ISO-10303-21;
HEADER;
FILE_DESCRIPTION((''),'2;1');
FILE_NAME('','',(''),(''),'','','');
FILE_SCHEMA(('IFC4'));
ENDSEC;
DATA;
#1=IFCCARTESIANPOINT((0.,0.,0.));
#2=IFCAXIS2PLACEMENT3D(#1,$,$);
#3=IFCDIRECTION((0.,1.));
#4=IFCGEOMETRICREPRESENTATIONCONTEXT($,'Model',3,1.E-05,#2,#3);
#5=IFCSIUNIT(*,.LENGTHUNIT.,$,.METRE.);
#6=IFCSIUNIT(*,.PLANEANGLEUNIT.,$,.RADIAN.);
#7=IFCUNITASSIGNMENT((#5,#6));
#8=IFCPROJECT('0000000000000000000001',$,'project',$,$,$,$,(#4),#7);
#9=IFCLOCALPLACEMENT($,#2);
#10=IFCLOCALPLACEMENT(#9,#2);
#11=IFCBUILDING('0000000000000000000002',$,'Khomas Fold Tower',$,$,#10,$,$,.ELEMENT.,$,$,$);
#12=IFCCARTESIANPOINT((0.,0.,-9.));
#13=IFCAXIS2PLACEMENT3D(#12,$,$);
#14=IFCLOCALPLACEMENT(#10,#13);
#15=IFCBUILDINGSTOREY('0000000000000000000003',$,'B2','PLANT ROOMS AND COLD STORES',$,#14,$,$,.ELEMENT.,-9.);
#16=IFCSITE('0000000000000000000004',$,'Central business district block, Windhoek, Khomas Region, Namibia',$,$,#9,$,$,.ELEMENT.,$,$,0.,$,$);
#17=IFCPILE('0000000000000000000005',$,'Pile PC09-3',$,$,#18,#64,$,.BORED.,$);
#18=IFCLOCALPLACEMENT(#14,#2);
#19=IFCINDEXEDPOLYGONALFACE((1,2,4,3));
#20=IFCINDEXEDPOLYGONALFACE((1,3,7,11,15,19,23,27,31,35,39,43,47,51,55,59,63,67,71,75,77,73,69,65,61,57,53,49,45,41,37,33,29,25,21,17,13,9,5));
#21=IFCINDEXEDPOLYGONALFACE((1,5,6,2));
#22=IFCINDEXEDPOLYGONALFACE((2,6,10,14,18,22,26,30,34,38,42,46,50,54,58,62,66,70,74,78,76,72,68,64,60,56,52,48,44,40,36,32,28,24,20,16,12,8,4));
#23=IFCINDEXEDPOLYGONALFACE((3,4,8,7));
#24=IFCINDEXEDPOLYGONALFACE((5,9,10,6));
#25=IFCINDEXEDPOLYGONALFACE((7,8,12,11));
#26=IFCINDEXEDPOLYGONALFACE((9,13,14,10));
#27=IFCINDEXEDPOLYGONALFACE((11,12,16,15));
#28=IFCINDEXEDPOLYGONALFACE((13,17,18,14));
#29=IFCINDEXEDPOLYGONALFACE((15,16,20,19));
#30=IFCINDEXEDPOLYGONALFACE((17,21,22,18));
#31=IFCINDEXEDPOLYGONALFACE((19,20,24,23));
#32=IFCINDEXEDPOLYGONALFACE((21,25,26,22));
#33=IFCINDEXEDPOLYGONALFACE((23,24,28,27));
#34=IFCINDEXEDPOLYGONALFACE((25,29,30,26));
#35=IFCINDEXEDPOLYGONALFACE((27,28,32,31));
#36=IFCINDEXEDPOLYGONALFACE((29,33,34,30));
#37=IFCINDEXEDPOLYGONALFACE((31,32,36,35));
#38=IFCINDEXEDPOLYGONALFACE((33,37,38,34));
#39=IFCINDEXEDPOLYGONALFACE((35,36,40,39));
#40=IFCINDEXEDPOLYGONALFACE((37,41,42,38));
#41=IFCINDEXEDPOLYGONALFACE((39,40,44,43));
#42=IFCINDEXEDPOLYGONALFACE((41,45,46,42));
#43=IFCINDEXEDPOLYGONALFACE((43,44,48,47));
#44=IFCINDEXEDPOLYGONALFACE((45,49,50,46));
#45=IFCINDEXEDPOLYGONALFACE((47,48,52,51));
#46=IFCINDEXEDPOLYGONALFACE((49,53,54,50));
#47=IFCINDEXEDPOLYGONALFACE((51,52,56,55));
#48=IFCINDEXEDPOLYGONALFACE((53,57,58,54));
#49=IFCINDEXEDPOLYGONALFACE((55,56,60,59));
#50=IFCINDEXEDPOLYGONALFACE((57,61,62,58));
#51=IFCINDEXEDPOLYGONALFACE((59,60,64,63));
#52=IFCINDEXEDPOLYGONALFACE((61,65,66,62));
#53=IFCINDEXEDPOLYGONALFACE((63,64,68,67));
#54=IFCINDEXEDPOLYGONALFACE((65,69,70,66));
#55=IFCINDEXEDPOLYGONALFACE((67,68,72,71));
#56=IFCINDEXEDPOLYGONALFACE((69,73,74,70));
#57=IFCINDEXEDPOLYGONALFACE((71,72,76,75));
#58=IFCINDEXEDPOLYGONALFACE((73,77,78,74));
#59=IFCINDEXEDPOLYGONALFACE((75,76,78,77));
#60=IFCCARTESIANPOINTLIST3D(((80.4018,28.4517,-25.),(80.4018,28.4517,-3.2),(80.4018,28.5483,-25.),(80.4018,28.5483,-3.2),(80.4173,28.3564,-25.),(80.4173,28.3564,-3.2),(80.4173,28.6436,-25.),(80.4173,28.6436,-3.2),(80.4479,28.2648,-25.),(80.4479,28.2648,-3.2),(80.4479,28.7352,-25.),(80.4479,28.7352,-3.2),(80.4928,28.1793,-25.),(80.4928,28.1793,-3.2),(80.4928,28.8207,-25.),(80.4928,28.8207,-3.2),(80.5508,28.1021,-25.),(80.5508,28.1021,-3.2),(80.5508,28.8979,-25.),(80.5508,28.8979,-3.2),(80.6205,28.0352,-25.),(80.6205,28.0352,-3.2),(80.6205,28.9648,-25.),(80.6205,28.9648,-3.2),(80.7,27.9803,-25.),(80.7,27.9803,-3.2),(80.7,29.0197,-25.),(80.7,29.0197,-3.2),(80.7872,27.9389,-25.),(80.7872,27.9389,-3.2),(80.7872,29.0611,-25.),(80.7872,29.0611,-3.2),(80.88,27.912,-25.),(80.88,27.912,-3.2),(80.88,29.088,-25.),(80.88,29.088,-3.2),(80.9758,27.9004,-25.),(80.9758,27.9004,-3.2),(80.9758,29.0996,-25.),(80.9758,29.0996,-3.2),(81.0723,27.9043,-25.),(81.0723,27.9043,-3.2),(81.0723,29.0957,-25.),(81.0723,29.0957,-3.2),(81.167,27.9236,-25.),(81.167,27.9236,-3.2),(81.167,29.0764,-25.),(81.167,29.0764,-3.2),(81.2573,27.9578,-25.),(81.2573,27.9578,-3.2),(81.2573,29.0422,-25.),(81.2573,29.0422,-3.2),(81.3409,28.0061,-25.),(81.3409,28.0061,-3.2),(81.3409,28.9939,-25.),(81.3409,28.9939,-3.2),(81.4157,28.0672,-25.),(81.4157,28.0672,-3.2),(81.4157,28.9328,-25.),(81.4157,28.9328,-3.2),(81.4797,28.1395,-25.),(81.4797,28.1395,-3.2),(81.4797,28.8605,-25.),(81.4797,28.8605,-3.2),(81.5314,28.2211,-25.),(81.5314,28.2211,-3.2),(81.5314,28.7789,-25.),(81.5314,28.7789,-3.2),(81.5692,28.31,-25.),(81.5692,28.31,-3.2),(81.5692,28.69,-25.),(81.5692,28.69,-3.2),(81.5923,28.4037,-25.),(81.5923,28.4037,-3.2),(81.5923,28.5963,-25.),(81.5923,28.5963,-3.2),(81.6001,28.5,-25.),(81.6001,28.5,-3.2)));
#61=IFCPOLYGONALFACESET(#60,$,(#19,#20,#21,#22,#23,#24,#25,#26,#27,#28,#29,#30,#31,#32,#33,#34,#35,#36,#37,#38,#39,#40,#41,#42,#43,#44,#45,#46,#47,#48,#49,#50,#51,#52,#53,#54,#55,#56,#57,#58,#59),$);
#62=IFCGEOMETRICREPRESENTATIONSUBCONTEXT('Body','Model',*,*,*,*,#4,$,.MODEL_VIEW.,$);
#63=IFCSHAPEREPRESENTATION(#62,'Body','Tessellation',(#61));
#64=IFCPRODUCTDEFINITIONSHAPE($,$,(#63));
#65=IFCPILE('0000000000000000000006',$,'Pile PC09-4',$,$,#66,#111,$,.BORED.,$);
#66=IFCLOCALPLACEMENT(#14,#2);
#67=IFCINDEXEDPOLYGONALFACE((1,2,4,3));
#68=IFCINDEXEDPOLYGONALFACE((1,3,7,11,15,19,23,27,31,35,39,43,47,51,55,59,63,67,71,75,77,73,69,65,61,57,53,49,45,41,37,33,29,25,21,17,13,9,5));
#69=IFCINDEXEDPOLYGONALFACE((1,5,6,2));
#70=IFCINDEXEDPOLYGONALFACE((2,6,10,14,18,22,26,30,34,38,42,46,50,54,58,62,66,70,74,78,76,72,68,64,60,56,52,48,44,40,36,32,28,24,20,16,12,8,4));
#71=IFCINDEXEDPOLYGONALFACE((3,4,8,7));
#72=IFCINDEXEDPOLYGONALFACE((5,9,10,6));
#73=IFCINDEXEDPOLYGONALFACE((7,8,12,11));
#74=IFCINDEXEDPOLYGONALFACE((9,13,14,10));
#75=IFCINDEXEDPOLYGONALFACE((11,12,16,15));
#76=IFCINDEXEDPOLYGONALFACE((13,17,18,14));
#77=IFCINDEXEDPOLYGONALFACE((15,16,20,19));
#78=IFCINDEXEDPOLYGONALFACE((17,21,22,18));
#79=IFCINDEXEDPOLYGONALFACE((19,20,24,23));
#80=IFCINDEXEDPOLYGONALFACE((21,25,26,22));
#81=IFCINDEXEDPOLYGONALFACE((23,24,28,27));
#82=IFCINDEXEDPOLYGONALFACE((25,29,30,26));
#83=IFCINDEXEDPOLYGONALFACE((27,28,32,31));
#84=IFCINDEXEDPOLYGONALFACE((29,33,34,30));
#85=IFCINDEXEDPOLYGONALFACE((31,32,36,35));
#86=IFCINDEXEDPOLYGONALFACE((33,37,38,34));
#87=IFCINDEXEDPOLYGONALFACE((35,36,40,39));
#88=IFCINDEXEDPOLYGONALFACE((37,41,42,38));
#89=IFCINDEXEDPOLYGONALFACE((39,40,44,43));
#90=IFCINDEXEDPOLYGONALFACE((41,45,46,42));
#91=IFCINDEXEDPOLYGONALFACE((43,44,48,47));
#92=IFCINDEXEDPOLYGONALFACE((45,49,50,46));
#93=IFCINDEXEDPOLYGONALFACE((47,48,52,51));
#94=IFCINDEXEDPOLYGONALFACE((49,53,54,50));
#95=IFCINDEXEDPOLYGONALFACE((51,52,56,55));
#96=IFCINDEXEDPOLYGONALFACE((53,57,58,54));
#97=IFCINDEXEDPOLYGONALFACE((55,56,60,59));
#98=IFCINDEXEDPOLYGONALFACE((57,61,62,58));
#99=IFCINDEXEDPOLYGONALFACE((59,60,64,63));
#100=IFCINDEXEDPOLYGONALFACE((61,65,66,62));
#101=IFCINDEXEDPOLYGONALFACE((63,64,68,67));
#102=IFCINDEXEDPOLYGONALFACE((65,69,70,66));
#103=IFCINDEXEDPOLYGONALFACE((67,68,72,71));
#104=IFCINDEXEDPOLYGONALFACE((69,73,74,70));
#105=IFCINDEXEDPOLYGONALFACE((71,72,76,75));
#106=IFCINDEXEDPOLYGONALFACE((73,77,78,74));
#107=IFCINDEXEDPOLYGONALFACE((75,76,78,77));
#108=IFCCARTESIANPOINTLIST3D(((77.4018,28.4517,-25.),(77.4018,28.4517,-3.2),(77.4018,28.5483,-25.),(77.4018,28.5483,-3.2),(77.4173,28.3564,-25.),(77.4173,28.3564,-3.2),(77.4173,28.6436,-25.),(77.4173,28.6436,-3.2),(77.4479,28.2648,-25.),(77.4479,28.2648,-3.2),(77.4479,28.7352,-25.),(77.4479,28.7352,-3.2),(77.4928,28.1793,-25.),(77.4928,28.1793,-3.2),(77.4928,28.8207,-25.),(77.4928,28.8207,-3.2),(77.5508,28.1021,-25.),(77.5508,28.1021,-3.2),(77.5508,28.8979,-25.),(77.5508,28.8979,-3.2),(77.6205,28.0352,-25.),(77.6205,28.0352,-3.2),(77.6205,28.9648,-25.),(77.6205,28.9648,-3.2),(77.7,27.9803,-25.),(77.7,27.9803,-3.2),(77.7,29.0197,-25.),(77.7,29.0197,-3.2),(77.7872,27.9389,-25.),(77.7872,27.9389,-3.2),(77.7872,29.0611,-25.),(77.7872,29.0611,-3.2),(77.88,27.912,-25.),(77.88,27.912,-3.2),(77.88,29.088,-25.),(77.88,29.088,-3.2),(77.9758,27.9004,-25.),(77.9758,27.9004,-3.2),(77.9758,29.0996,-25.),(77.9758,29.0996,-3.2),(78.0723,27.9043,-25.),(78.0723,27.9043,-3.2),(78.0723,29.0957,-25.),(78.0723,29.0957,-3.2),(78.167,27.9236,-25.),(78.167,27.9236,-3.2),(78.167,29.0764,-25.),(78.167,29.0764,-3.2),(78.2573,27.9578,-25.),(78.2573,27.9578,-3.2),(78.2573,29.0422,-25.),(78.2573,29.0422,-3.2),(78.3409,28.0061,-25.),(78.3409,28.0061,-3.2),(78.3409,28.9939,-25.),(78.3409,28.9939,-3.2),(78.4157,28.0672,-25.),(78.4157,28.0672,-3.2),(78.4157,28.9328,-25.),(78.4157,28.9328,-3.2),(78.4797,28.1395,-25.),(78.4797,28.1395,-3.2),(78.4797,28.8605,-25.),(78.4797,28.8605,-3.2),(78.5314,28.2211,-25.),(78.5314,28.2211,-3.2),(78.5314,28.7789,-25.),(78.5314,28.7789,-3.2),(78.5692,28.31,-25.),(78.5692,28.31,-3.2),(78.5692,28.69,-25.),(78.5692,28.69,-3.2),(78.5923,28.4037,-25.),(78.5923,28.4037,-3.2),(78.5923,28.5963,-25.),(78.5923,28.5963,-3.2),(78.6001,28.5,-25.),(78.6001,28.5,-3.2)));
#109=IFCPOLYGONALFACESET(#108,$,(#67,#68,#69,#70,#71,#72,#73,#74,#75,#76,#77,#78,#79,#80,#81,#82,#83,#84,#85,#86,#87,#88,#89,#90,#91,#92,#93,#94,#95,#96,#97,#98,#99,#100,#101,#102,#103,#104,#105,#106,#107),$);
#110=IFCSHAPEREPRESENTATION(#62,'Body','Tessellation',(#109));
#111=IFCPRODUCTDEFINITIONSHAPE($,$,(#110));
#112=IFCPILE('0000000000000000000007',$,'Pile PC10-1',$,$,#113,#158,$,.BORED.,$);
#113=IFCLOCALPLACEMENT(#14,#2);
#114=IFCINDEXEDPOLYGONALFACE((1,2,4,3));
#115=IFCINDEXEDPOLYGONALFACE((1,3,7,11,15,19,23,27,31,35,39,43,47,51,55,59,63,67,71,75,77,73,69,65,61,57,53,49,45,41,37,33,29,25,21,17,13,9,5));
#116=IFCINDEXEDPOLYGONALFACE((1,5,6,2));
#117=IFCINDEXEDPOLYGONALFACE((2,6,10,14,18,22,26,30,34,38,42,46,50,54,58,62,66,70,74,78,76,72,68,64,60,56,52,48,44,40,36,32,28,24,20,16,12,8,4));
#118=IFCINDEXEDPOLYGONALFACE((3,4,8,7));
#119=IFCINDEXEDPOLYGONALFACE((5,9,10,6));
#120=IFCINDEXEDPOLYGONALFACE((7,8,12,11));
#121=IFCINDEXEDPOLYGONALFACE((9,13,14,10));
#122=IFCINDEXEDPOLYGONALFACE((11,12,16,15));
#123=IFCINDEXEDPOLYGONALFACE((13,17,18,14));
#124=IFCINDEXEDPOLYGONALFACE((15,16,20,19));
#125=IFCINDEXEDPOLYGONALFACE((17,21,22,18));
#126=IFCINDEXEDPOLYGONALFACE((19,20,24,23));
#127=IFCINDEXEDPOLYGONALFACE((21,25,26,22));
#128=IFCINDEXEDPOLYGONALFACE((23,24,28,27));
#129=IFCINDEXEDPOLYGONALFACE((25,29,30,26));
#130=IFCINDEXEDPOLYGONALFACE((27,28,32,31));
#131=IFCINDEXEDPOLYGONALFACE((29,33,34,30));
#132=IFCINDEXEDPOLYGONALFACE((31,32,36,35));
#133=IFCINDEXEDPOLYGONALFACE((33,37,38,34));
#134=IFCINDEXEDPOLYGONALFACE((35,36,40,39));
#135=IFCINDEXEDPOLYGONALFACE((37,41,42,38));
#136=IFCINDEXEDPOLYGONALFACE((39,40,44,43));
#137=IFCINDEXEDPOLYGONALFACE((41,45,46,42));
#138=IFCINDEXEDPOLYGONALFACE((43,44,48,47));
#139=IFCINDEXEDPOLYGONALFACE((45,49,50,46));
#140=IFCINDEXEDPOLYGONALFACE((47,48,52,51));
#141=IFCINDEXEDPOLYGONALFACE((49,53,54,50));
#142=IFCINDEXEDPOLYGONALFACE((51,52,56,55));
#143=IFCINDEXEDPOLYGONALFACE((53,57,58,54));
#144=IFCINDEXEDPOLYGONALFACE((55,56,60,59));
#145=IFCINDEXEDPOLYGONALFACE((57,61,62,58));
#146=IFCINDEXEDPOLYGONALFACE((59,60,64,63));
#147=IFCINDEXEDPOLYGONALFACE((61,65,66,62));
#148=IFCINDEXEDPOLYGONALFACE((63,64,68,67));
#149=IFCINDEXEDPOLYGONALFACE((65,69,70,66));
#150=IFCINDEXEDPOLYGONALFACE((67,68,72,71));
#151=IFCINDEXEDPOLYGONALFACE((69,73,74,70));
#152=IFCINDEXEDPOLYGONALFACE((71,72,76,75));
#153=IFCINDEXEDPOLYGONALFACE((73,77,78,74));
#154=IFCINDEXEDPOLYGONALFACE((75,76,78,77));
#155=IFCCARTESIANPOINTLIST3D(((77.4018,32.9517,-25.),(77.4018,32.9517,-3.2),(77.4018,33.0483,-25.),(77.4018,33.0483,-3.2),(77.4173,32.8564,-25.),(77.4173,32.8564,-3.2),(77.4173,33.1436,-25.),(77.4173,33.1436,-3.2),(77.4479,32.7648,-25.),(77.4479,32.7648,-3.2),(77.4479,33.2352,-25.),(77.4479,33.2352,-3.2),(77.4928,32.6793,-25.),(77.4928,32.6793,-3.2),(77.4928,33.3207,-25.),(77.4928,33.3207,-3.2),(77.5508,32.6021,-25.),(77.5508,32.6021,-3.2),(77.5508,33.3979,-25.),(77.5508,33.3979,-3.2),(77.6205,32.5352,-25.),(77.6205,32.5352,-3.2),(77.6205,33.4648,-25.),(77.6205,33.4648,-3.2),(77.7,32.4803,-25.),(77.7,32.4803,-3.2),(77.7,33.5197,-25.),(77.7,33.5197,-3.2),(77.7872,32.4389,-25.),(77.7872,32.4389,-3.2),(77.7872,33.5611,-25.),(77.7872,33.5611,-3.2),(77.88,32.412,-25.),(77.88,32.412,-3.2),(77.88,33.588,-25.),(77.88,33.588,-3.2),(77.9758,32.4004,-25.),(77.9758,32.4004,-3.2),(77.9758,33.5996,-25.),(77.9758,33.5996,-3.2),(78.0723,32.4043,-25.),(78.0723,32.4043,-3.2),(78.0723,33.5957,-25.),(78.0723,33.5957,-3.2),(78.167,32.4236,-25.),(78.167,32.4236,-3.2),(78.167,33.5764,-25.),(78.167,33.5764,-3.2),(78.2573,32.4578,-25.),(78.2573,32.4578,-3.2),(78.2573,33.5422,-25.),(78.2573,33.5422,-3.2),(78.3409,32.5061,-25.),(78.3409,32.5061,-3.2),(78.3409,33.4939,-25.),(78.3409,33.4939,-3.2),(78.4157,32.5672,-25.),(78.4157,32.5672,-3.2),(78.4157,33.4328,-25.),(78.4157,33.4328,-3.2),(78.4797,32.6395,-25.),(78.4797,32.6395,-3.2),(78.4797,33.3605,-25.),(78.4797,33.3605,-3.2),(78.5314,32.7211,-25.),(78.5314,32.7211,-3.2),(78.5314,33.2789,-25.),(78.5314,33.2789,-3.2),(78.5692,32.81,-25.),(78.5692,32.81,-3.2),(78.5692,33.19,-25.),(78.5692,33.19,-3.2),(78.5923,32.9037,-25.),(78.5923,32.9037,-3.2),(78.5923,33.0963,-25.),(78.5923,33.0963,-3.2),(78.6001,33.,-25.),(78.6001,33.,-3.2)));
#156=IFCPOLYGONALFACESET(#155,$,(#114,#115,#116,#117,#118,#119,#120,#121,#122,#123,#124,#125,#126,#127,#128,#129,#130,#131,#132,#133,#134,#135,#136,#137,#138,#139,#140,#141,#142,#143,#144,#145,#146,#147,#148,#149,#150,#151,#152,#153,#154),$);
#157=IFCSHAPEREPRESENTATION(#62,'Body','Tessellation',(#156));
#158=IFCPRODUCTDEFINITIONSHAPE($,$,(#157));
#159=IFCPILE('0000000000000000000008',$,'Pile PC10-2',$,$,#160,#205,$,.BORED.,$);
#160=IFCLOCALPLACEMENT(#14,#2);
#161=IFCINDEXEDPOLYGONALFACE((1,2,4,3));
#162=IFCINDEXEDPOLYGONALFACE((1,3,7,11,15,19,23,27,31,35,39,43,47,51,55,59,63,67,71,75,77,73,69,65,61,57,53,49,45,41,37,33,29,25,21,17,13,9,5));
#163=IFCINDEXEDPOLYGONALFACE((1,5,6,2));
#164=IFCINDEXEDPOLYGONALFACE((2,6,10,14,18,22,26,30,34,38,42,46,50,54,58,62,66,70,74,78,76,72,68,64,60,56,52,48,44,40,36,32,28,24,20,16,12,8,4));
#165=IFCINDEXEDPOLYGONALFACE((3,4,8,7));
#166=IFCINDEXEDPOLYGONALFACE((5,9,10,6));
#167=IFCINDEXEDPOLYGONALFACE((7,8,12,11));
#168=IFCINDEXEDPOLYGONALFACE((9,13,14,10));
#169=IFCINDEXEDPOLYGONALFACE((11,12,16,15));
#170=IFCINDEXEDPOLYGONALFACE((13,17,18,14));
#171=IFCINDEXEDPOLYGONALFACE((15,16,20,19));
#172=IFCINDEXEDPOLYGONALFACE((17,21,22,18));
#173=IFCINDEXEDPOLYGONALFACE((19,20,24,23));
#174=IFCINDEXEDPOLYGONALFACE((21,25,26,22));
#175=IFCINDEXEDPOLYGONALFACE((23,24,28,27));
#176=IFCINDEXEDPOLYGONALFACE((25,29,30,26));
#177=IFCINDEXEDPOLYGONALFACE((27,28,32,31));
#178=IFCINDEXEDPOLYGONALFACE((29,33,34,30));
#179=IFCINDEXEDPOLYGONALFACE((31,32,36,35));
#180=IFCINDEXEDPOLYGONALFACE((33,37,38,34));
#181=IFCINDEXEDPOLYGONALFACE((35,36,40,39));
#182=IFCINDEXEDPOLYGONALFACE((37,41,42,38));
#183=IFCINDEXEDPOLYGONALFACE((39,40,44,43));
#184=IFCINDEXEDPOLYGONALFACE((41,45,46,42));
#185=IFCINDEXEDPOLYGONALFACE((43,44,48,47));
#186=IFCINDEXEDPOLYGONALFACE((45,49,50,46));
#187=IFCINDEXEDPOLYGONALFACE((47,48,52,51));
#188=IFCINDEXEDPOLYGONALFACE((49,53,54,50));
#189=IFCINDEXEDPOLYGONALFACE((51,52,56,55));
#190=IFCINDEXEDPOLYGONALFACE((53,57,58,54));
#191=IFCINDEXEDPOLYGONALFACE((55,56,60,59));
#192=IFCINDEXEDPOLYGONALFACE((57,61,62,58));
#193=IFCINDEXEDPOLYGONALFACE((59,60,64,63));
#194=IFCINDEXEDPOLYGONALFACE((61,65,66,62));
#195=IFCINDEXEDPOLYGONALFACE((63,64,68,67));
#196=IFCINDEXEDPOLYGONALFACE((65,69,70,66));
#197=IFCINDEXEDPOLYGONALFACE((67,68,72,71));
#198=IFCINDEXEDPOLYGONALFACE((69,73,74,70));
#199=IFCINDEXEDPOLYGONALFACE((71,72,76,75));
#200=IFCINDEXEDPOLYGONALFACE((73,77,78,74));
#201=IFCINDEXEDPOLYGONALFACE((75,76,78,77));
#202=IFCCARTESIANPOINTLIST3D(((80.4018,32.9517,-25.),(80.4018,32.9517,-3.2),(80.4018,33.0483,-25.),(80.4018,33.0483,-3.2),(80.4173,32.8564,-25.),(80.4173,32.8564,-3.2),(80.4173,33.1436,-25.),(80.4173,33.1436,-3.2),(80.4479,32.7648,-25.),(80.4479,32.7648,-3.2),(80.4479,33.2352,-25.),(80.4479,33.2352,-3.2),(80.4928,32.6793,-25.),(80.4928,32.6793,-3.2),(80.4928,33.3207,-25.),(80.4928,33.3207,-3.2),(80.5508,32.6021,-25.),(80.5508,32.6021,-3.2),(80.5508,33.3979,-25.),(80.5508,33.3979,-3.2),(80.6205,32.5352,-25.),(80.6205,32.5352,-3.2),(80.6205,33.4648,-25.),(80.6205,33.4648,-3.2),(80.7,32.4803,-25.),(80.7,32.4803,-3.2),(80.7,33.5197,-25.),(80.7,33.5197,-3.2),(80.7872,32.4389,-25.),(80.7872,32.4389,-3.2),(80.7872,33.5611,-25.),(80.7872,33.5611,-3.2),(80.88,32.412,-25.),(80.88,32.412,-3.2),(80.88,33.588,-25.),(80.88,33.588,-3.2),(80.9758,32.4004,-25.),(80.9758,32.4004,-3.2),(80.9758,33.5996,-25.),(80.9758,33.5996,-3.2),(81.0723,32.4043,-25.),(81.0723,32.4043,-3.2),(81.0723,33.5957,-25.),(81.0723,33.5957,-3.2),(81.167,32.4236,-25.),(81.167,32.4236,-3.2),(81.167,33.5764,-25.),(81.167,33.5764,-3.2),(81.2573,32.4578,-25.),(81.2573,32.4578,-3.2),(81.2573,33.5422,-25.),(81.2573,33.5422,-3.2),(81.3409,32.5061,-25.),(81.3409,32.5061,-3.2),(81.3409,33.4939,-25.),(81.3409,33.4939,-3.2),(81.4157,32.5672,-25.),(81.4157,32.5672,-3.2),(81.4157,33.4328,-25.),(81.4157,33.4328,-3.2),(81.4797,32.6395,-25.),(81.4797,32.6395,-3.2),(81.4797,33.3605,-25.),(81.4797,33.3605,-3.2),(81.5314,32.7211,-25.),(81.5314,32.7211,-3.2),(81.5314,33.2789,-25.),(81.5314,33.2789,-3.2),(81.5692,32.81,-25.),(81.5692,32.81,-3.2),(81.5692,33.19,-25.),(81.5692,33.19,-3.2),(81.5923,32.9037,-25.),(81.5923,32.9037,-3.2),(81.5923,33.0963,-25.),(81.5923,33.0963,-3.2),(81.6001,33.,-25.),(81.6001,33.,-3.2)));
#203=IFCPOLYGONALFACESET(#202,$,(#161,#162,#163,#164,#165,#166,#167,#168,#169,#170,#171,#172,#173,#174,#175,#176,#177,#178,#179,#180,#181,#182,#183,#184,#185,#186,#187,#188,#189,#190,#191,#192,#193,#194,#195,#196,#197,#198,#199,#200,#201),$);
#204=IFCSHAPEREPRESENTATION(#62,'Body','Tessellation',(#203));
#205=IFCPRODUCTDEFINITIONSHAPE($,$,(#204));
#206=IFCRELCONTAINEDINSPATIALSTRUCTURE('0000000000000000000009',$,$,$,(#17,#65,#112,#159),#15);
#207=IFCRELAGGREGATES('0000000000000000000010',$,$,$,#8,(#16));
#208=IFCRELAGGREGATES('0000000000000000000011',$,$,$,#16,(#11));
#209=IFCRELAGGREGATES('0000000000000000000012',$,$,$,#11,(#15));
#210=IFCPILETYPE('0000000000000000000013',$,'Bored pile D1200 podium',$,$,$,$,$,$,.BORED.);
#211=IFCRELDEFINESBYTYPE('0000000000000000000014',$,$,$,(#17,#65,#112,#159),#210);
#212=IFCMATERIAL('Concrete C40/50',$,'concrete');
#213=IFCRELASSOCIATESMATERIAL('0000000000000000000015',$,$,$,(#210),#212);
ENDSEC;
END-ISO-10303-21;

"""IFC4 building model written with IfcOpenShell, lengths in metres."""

from ifc_helpers import new_model, si_unit, direction, frame, origin, origin_2d, place, context, subcontext, project, spatial, circle, extrude, source, transform, mapped, material, material_profile, profile_set, type_object, element, save


model = new_model("IFC4")

# Units and contexts
model_context = context("Model", 3, precision=1e-05, world=origin(), true_north=direction((0.0, 1.0)))
body_context = subcontext(model_context, "Body", "Model", "MODEL_VIEW")
ifc_project = project(units=[si_unit("LENGTHUNIT", "METRE"), si_unit("PLANEANGLEUNIT", "RADIAN")], contexts=[model_context])

# Site, building, storey
site_placement = place(None, origin())
site = spatial("IfcSite", under=ifc_project, at=site_placement, Name="Central business district block, Windhoek, Khomas Region, Namibia", CompositionType="ELEMENT", RefElevation=0.0)
building_placement = place(site_placement, origin())
building = spatial("IfcBuilding", under=site, at=building_placement, Name="Khomas Fold Tower", CompositionType="ELEMENT")
storey_placement = place(building_placement, frame((0.0, 0.0, -9.0)))
storey = spatial("IfcBuildingStorey", under=building, at=storey_placement, Name="B2", Description="PLANT ROOMS AND COLD STORES", CompositionType="ELEMENT", Elevation=-9.0)

# Piles
ifc_material_1 = material(Name="Concrete C40/50", Category="concrete")
ifc_material_profile_1 = material_profile(ifc_material_1, circle(Radius=0.6001, at=origin_2d()), Name="PILE D1200")
ifc_profile_set_1 = profile_set([ifc_material_profile_1], Name="Concrete C40/50")
pile_type_1 = type_object("IfcPileType", Name="Bored pile D1200 podium", PredefinedType="BORED", material=ifc_profile_set_1)
shared_shape_1 = source(origin(), body_context, "Body", "SweptSolid", [
    extrude(circle(Radius=0.6001, at=origin_2d()), origin(), (0.0, 0.0, 1.0), 21.8),
])
for number, where, z_axis, x_axis, name in (
    (1, (81.0, 28.5, -3.2), (0.0, 0.0, -1.0), (1.0, 0.0, 0.0), "Pile PC09-3"),
    (2, (78.0, 28.5, -3.2), (0.0, 0.0, -1.0), (1.0, 0.0, 0.0), "Pile PC09-4"),
    (3, (78.0, 33.0, -3.2), (0.0, 0.0, -1.0), (1.0, 0.0, 0.0), "Pile PC10-1"),
    (4, (81.0, 33.0, -3.2), (0.0, 0.0, -1.0), (1.0, 0.0, 0.0), "Pile PC10-2"),
):
    element("IfcPile", number, at=place(storey_placement, frame(where, z_axis=z_axis, x_axis=x_axis)), inside=storey, type_object=pile_type_1, Name=name, PredefinedType="BORED", context=body_context, shape_type="MappedRepresentation", body=[
        mapped(shared_shape_1, transform((0.0, 0.0, 0.0))),
    ])

save(model, "model.ifc")
